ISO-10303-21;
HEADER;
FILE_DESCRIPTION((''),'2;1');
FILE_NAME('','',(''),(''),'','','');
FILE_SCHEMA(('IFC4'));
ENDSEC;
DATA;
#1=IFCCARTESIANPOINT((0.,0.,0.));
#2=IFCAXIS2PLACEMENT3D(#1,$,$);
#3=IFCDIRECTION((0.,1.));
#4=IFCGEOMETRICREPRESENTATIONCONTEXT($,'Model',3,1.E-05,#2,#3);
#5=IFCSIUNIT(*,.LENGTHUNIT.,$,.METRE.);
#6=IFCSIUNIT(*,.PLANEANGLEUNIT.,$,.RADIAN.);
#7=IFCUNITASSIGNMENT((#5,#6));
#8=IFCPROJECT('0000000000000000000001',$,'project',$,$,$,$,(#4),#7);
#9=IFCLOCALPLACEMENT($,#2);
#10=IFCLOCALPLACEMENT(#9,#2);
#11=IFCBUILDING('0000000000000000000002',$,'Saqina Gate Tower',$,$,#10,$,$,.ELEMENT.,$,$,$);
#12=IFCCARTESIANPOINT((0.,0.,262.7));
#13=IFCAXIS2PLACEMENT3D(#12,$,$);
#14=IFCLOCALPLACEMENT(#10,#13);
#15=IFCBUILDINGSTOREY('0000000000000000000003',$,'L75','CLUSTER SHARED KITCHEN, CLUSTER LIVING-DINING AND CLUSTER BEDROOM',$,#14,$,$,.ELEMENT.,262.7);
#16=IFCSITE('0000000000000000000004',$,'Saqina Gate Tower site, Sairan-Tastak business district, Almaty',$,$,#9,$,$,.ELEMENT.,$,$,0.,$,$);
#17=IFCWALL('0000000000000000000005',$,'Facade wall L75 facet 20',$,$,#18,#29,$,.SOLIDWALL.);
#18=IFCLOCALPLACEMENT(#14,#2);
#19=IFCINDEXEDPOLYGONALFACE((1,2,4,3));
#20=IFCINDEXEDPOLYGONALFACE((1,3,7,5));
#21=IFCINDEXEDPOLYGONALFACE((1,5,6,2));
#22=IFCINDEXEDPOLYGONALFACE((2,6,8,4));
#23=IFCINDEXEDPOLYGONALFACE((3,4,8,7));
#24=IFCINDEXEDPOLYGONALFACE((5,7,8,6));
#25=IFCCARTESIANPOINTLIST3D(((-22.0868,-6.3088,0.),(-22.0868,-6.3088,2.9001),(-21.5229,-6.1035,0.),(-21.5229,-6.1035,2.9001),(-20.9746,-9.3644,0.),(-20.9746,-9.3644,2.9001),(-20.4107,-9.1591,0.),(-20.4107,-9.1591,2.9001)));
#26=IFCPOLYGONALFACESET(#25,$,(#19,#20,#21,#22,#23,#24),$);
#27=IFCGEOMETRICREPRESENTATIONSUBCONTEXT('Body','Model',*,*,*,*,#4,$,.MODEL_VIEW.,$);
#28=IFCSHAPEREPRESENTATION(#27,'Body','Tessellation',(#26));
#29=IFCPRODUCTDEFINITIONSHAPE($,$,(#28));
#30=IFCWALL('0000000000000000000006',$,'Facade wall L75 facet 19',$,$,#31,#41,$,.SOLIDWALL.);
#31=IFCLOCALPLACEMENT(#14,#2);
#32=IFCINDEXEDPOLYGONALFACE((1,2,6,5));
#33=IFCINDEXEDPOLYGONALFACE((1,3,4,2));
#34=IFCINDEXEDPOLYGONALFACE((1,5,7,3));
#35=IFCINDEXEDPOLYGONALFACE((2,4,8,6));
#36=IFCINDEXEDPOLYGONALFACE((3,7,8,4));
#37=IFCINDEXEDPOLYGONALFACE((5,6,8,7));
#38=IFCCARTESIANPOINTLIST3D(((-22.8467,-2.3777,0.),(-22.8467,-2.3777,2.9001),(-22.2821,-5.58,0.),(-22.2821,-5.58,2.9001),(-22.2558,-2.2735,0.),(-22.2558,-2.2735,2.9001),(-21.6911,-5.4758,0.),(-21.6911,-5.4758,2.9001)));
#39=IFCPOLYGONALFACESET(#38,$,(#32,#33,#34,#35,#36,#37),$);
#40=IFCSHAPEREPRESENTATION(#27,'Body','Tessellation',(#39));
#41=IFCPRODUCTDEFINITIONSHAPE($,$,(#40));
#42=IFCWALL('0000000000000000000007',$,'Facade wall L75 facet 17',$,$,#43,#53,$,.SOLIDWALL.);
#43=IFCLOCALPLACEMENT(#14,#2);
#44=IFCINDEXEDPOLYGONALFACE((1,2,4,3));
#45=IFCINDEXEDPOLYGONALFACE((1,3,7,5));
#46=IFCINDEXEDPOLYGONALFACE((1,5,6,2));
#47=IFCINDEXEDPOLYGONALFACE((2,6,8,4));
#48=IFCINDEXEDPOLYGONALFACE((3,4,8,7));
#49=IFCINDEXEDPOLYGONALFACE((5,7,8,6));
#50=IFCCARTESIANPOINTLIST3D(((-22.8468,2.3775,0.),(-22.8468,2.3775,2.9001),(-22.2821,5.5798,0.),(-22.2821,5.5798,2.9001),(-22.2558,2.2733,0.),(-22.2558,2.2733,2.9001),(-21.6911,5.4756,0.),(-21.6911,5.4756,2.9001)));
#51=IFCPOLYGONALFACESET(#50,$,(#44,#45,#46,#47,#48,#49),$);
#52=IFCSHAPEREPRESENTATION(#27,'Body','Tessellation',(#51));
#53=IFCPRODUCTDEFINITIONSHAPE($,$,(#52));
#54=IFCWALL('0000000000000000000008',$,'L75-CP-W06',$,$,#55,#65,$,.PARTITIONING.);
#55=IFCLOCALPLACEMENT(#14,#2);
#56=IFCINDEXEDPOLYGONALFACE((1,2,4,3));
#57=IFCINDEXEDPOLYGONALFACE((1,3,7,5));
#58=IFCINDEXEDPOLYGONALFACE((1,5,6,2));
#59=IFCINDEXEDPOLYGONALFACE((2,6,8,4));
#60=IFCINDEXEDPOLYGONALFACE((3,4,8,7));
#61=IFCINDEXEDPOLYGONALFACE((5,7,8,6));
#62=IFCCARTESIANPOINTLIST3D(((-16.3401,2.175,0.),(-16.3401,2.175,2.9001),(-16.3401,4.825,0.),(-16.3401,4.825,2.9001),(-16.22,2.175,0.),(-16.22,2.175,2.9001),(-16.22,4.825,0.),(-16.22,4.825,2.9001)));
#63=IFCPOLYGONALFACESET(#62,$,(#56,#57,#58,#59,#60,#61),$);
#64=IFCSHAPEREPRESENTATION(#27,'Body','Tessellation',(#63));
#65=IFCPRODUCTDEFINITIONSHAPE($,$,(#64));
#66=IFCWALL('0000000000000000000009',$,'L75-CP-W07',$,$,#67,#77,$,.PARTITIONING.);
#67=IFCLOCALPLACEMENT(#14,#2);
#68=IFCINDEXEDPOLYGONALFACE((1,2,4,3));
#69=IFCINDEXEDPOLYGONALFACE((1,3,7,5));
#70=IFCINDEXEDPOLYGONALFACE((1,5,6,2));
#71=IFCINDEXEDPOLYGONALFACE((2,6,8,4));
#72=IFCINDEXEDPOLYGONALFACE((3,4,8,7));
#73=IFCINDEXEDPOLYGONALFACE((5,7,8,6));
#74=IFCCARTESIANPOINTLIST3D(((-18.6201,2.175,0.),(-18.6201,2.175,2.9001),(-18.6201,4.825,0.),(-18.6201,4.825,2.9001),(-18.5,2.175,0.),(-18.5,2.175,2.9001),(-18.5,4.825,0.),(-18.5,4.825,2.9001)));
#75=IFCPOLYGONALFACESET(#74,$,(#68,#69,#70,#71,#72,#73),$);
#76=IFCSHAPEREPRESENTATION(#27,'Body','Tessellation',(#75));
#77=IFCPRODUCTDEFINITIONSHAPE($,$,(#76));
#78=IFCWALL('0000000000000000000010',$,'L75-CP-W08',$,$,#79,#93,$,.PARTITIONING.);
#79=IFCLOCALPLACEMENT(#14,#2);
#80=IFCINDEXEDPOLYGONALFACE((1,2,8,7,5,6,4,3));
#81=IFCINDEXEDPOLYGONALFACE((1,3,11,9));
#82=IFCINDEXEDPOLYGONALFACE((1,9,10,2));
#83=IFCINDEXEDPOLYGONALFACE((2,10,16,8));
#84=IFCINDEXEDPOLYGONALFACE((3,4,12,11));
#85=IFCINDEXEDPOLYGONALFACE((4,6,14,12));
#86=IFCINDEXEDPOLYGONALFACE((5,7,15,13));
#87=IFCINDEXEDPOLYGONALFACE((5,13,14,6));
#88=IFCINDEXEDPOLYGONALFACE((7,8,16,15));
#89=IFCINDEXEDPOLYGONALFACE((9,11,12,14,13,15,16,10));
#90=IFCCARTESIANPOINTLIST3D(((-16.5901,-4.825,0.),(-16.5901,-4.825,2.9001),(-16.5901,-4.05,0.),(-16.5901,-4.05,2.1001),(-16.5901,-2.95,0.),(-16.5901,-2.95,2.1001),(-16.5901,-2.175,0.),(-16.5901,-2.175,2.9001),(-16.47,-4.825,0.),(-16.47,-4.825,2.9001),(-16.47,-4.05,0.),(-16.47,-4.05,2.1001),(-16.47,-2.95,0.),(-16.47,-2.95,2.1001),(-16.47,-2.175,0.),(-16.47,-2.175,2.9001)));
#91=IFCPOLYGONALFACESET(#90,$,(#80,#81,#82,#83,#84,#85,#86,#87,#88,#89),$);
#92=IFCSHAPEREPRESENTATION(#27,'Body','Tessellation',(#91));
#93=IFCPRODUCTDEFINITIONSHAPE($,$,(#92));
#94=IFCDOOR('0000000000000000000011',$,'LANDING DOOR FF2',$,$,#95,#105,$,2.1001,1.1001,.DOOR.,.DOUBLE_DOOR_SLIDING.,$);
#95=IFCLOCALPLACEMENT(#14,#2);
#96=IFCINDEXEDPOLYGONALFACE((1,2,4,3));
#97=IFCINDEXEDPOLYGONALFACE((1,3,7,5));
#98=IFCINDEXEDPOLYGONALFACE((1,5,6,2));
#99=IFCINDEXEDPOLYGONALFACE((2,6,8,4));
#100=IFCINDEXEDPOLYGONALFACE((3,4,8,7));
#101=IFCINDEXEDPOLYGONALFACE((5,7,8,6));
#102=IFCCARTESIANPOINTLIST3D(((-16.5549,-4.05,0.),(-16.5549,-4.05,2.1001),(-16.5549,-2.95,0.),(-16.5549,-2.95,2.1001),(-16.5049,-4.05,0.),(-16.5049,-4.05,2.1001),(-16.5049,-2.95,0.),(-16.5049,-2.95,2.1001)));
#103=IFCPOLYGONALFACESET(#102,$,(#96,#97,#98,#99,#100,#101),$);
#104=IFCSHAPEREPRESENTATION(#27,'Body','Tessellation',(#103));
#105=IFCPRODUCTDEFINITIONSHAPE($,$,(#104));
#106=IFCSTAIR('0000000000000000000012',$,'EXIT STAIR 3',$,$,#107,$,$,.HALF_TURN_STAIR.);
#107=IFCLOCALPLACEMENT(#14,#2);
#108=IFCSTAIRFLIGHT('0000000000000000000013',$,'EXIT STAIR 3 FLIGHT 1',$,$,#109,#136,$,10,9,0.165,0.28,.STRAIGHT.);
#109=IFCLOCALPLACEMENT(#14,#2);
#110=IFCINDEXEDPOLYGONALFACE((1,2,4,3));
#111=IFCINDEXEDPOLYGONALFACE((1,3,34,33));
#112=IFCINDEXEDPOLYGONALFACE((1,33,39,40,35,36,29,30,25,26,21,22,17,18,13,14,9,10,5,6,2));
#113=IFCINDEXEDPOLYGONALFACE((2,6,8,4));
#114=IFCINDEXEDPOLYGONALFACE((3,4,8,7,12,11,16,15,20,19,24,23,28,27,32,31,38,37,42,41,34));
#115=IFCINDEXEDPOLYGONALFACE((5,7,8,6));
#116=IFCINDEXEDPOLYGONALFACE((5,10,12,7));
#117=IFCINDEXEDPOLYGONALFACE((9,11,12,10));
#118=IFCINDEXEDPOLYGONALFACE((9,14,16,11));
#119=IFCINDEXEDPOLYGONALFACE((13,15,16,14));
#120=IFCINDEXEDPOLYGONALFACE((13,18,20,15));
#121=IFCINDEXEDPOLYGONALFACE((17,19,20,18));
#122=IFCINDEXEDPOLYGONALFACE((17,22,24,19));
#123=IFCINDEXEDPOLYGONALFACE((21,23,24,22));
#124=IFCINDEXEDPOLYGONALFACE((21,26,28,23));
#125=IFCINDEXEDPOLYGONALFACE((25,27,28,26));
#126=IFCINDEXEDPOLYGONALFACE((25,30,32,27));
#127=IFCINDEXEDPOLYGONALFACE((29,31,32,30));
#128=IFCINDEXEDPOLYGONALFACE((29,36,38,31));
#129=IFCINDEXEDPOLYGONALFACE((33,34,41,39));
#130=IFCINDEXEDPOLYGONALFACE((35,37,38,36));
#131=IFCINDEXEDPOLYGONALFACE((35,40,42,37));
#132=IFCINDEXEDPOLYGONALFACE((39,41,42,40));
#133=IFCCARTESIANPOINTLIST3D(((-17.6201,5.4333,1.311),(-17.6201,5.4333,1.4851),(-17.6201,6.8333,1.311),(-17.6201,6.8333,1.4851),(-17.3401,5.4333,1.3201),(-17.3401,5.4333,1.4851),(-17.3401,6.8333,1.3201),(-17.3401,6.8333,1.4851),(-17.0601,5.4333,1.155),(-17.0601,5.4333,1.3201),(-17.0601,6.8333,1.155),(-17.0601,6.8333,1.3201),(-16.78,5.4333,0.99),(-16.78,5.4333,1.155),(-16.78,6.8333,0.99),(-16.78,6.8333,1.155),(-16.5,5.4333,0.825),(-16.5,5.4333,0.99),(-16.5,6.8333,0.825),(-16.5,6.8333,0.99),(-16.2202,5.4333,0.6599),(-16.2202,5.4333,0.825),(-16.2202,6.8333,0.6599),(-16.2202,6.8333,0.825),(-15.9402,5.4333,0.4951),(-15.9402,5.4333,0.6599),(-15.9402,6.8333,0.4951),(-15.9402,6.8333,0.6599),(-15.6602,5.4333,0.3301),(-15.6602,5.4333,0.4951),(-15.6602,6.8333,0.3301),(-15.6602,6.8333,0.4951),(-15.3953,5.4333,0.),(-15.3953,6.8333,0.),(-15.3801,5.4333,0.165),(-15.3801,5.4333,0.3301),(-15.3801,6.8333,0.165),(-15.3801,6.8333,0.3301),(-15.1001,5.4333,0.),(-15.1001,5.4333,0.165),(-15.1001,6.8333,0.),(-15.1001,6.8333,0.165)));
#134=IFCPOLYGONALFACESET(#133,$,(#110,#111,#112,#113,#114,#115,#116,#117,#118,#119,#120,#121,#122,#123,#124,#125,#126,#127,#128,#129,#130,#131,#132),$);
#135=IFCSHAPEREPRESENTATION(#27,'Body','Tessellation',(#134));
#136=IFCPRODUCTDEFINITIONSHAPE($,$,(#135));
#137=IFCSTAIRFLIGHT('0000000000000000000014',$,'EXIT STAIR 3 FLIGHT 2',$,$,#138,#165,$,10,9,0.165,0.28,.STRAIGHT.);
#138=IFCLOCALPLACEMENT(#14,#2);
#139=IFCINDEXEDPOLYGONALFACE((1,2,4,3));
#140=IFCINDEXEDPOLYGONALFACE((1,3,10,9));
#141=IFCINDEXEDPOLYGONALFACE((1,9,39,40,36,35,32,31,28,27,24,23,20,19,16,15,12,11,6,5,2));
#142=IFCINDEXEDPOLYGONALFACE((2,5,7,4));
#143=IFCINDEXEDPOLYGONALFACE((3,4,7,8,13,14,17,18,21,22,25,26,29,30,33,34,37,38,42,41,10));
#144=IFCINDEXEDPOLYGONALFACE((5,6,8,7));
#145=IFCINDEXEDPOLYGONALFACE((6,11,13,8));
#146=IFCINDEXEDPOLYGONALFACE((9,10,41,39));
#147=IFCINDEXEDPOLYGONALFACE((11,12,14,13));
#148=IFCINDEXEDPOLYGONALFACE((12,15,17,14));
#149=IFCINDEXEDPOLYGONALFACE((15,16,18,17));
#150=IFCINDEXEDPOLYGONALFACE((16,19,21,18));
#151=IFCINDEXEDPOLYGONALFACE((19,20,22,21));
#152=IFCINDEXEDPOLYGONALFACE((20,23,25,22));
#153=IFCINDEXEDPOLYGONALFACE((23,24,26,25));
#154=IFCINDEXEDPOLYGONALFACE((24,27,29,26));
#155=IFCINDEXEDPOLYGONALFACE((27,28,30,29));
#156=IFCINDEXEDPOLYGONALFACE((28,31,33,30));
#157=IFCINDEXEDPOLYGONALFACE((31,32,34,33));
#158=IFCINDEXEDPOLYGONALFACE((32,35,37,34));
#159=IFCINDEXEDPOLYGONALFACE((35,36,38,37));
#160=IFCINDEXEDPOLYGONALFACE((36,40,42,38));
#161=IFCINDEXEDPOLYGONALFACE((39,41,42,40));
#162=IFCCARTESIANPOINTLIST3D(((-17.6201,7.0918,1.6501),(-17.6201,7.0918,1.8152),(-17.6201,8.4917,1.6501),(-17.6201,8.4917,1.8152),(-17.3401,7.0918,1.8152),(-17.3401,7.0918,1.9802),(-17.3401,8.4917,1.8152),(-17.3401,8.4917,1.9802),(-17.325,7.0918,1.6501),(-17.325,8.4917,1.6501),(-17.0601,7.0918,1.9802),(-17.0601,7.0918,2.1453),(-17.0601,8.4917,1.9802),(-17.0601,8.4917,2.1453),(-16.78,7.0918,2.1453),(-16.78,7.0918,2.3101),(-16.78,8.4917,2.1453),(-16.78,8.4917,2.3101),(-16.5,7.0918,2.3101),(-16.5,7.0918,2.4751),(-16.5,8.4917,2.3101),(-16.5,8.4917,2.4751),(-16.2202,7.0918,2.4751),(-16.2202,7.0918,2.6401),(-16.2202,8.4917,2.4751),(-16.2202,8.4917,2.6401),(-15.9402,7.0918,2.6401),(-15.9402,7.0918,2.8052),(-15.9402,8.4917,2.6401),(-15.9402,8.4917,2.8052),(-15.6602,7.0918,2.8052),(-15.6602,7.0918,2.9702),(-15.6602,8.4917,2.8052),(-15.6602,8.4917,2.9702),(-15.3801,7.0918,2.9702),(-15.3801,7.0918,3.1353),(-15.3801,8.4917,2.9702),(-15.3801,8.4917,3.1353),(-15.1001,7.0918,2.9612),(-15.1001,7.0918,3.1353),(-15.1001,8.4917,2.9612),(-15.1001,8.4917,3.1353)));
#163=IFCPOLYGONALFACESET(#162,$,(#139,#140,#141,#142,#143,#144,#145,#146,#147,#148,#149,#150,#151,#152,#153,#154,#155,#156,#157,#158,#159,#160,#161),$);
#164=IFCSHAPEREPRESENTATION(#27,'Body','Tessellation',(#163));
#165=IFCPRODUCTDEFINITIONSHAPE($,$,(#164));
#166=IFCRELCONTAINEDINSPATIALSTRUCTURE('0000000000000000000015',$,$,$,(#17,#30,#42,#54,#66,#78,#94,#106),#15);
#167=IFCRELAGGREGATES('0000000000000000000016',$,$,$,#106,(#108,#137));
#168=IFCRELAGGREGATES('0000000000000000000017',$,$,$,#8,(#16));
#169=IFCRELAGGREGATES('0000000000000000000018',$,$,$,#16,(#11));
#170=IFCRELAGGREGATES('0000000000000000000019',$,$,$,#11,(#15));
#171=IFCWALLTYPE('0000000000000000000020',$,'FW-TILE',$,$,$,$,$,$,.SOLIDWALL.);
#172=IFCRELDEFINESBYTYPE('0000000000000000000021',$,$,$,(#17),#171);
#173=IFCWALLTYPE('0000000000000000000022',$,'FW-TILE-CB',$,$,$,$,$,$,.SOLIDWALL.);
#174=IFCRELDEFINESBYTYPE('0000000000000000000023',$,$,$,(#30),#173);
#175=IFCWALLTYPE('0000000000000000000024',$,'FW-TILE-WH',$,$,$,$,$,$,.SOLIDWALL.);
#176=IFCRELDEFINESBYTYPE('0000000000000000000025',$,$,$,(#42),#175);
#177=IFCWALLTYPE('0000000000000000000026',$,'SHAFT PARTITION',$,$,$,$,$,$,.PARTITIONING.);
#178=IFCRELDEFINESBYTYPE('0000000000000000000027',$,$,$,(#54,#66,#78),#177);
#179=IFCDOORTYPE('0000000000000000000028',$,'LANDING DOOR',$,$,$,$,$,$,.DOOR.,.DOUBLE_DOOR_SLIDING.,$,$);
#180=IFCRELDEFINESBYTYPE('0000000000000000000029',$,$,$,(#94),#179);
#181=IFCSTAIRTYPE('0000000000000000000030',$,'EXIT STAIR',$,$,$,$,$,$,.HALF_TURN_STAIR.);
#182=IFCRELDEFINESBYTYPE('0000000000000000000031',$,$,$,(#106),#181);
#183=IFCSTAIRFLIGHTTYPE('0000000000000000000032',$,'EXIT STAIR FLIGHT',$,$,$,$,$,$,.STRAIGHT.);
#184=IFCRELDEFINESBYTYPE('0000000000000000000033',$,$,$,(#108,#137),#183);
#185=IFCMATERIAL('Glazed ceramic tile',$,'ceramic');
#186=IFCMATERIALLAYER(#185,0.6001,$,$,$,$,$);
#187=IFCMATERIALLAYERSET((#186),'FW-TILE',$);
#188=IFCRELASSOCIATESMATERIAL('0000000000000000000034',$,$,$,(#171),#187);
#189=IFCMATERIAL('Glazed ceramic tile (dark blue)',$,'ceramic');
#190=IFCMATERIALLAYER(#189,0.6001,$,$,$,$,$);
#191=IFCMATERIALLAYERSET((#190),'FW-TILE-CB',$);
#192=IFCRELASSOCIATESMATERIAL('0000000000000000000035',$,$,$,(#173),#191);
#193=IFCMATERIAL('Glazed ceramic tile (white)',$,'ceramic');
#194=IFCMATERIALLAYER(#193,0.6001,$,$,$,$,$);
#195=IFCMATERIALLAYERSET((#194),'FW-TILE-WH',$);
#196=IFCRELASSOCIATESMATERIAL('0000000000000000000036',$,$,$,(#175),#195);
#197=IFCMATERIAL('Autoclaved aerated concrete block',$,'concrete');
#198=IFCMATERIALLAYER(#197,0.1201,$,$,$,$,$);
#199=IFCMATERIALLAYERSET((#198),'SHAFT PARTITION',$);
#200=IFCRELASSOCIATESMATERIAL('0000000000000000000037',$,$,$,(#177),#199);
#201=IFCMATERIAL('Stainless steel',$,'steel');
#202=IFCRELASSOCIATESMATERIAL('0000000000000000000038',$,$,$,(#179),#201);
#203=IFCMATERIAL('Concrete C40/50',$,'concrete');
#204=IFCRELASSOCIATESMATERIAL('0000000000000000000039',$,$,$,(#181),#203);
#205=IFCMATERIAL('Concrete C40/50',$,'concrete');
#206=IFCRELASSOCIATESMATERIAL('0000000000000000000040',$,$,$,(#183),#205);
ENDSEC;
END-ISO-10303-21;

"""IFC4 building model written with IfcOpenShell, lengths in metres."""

from ifc_helpers import new_model, si_unit, direction, frame, frame_2d, origin, place, context, subcontext, project, spatial, polyline, rectangle, outline, extrude, material, layer, layer_set, type_object, element, fill, aggregate, save


model = new_model("IFC4")

# Units and contexts
model_context = context("Model", 3, precision=1e-05, world=origin(), true_north=direction((0.0, 1.0)))
body_context = subcontext(model_context, "Body", "Model", "MODEL_VIEW")
ifc_project = project(units=[si_unit("LENGTHUNIT", "METRE"), si_unit("PLANEANGLEUNIT", "RADIAN")], contexts=[model_context])

# Site, building, storey
site_placement = place(None, origin())
site = spatial("IfcSite", under=ifc_project, at=site_placement, Name="Saqina Gate Tower site, Sairan-Tastak business district, Almaty", CompositionType="ELEMENT", RefElevation=0.0)
building_placement = place(site_placement, origin())
building = spatial("IfcBuilding", under=site, at=building_placement, Name="Saqina Gate Tower", CompositionType="ELEMENT")
storey_placement = place(building_placement, frame((0.0, 0.0, 262.7)))
storey = spatial("IfcBuildingStorey", under=building, at=storey_placement, Name="L75", Description="CLUSTER SHARED KITCHEN, CLUSTER LIVING-DINING AND CLUSTER BEDROOM", CompositionType="ELEMENT", Elevation=262.7)

# Walls
ifc_material_1 = material(Name="Glazed ceramic tile", Category="ceramic")
ifc_layer_1 = layer(ifc_material_1, 0.6001)
ifc_layer_set_1 = layer_set([ifc_layer_1], Name="FW-TILE")
wall_type_1 = type_object("IfcWallType", Name="FW-TILE", PredefinedType="SOLIDWALL", material=ifc_layer_set_1)
wall_1_placement = place(storey_placement, frame((-21.8049, -6.2061, 0.0), z_axis=(0.0, 0.0, 1.0), x_axis=(0.342057, -0.939679, 0.0)))
element("IfcWall", 1, at=wall_1_placement, inside=storey, type_object=wall_type_1, Name="Facade wall L75 facet 20", PredefinedType="SOLIDWALL", context=body_context, shape_type="SweptSolid", body=[
    extrude(rectangle(XDim=3.2517, YDim=0.6001, at=frame_2d((1.626, 0.0))), origin(), (0.0, 0.0, 1.0), 2.9001),
])
ifc_material_2 = material(Name="Glazed ceramic tile (dark blue)", Category="ceramic")
ifc_layer_2 = layer(ifc_material_2, 0.6001)
ifc_layer_set_2 = layer_set([ifc_layer_2], Name="FW-TILE-CB")
wall_type_2 = type_object("IfcWallType", Name="FW-TILE-CB", PredefinedType="SOLIDWALL", material=ifc_layer_set_2)
wall_2_placement = place(storey_placement, frame((-22.5513, -2.3254, 0.0), z_axis=(0.0, 0.0, 1.0), x_axis=(0.173657, -0.984806, 0.0)))
element("IfcWall", 2, at=wall_2_placement, inside=storey, type_object=wall_type_2, Name="Facade wall L75 facet 19", PredefinedType="SOLIDWALL", context=body_context, shape_type="SweptSolid", body=[
    extrude(rectangle(XDim=3.2517, YDim=0.6001, at=frame_2d((1.626, 0.0))), origin(), (0.0, 0.0, 1.0), 2.9001),
])
ifc_material_3 = material(Name="Glazed ceramic tile (white)", Category="ceramic")
ifc_layer_3 = layer(ifc_material_3, 0.6001)
ifc_layer_set_3 = layer_set([ifc_layer_3], Name="FW-TILE-WH")
wall_type_3 = type_object("IfcWallType", Name="FW-TILE-WH", PredefinedType="SOLIDWALL", material=ifc_layer_set_3)
wall_3_placement = place(storey_placement, frame((-21.9866, 5.5278, 0.0), z_axis=(0.0, 0.0, 1.0), x_axis=(-0.173657, -0.984806, 0.0)))
element("IfcWall", 3, at=wall_3_placement, inside=storey, type_object=wall_type_3, Name="Facade wall L75 facet 17", PredefinedType="SOLIDWALL", context=body_context, shape_type="SweptSolid", body=[
    extrude(rectangle(XDim=3.2517, YDim=0.6001, at=frame_2d((1.626, 0.0))), origin(), (0.0, 0.0, 1.0), 2.9001),
])
ifc_material_4 = material(Name="Autoclaved aerated concrete block", Category="concrete")
ifc_layer_4 = layer(ifc_material_4, 0.1201)
ifc_layer_set_4 = layer_set([ifc_layer_4], Name="SHAFT PARTITION")
wall_type_4 = type_object("IfcWallType", Name="SHAFT PARTITION", PredefinedType="PARTITIONING", material=ifc_layer_set_4)
for number, where, z_axis, x_axis, name in (
    (4, (-16.28, 2.175, 0.0), (0.0, 0.0, 1.0), (0.0, 1.0, 0.0), "L75-CP-W06"),
    (5, (-18.5601, 2.175, 0.0), (0.0, 0.0, 1.0), (0.0, 1.0, 0.0), "L75-CP-W07"),
):
    element("IfcWall", number, at=place(storey_placement, frame(where, z_axis=z_axis, x_axis=x_axis)), inside=storey, type_object=wall_type_4, Name=name, PredefinedType="PARTITIONING", context=body_context, shape_type="SweptSolid", body=[
        extrude(rectangle(XDim=2.6499, YDim=0.1201, at=frame_2d((1.325, 0.0))), origin(), (0.0, 0.0, 1.0), 2.9001),
    ])

# Wall, opening, door
wall_4_placement = place(storey_placement, frame((-16.53, -4.825, 0.0), z_axis=(0.0, 0.0, 1.0), x_axis=(0.0, 1.0, 0.0)))
wall_4 = element("IfcWall", 6, at=wall_4_placement, inside=storey, type_object=wall_type_4, Name="L75-CP-W08", PredefinedType="PARTITIONING", context=body_context, shape_type="SweptSolid", body=[
    extrude(rectangle(XDim=2.6499, YDim=0.1201, at=frame_2d((1.325, 0.0))), origin(), (0.0, 0.0, 1.0), 2.9001),
])
opening_1_placement = place(wall_4_placement, frame((0.7749, 0.0, 0.0)))
opening_1 = element("IfcOpeningElement", 7, at=opening_1_placement, cuts=wall_4, PredefinedType="OPENING", context=body_context, shape_type="SweptSolid", body=[
    extrude(rectangle(XDim=1.1001, YDim=2.1001, at=frame_2d((0.55, 1.05))), frame((0.0, 0.072, 0.0), z_axis=(0.0, -1.0, 0.0), x_axis=(1.0, 0.0, 0.0)), (0.0, 0.0, 1.0), 0.144),
])
ifc_material_5 = material(Name="Stainless steel", Category="steel")
door_type_1 = type_object("IfcDoorType", Name="LANDING DOOR", OperationType="DOUBLE_DOOR_SLIDING", PredefinedType="DOOR", material=ifc_material_5)
door_1_placement = place(opening_1_placement, origin())
door_1 = element("IfcDoor", 8, at=door_1_placement, inside=storey, type_object=door_type_1, Name="LANDING DOOR FF2", OperationType="DOUBLE_DOOR_SLIDING", OverallHeight=2.1001, OverallWidth=1.1001, PredefinedType="DOOR", context=body_context, shape_type="SweptSolid", body=[
    extrude(rectangle(XDim=1.1001, YDim=2.1001, at=frame_2d((0.55, 1.05))), frame((0.0, 0.0249, 0.0), z_axis=(0.0, -1.0, 0.0), x_axis=(1.0, 0.0, 0.0)), (0.0, 0.0, 1.0), 0.05),
])
fill(opening_1, door_1)

# Stair, stair flights
ifc_material_6 = material(Name="Concrete C40/50", Category="concrete")
stair_type = type_object("IfcStairType", Name="EXIT STAIR", PredefinedType="HALF_TURN_STAIR", material=ifc_material_6)
stair_1_placement = place(storey_placement, origin())
stair_1 = element("IfcStair", 9, at=stair_1_placement, inside=storey, type_object=stair_type, Name="EXIT STAIR 3", PredefinedType="HALF_TURN_STAIR")
ifc_material_7 = material(Name="Concrete C40/50", Category="concrete")
stair_flight_type = type_object("IfcStairFlightType", Name="EXIT STAIR FLIGHT", PredefinedType="STRAIGHT", material=ifc_material_7)
stair_flight_1_placement = place(storey_placement, frame((-15.1001, 6.1333, 0.0), z_axis=(0.0, 0.0, 1.0), x_axis=(-1.0, 0.0, 0.0)))
stair_flight_1 = element("IfcStairFlight", 10, at=stair_flight_1_placement, type_object=stair_flight_type, Name="EXIT STAIR 3 FLIGHT 1", NumberOfRisers=10, NumberOfTreads=9, PredefinedType="STRAIGHT", RiserHeight=0.165, TreadLength=0.28, context=body_context, shape_type="SweptSolid", body=[
    extrude(outline(polyline([(0.0, 0.0), (0.0, 0.165), (0.28, 0.165), (0.28, 0.3301), (0.5601, 0.3301), (0.5601, 0.4951), (0.8401, 0.4951), (0.8401, 0.6599), (1.1201, 0.6599), (1.1201, 0.825), (1.3999, 0.825), (1.3999, 0.99), (1.6799, 0.99), (1.6799, 1.155), (1.96, 1.155), (1.96, 1.3201), (2.24, 1.3201), (2.24, 1.4851), (2.52, 1.4851), (2.52, 1.6499), (2.52, 1.311), (0.2952, 0.0), (0.0, 0.0)])), frame((0.0, 0.7, 0.0), z_axis=(0.0, -1.0, 0.0), x_axis=(1.0, 0.0, 0.0)), (0.0, 0.0, 1.0), 1.3999),
])
stair_flight_2_placement = place(storey_placement, frame((-17.6201, 7.7917, 1.6501), z_axis=(0.0, 0.0, 1.0), x_axis=(1.0, 0.0, 0.0)))
stair_flight_2 = element("IfcStairFlight", 11, at=stair_flight_2_placement, type_object=stair_flight_type, Name="EXIT STAIR 3 FLIGHT 2", NumberOfRisers=10, NumberOfTreads=9, PredefinedType="STRAIGHT", RiserHeight=0.165, TreadLength=0.28, context=body_context, shape_type="SweptSolid", body=[
    extrude(outline(polyline([(0.0, 0.0), (0.0, 0.165), (0.28, 0.165), (0.28, 0.3301), (0.5601, 0.3301), (0.5601, 0.4951), (0.8401, 0.4951), (0.8401, 0.6599), (1.1201, 0.6599), (1.1201, 0.825), (1.3999, 0.825), (1.3999, 0.99), (1.6799, 0.99), (1.6799, 1.155), (1.96, 1.155), (1.96, 1.3201), (2.24, 1.3201), (2.24, 1.4851), (2.52, 1.4851), (2.52, 1.6499), (2.52, 1.311), (0.2952, 0.0), (0.0, 0.0)])), frame((0.0, 0.7, 0.0), z_axis=(0.0, -1.0, 0.0), x_axis=(1.0, 0.0, 0.0)), (0.0, 0.0, 1.0), 1.3999),
])
aggregate(stair_1, [stair_flight_1, stair_flight_2])

save(model, "model.ifc")
